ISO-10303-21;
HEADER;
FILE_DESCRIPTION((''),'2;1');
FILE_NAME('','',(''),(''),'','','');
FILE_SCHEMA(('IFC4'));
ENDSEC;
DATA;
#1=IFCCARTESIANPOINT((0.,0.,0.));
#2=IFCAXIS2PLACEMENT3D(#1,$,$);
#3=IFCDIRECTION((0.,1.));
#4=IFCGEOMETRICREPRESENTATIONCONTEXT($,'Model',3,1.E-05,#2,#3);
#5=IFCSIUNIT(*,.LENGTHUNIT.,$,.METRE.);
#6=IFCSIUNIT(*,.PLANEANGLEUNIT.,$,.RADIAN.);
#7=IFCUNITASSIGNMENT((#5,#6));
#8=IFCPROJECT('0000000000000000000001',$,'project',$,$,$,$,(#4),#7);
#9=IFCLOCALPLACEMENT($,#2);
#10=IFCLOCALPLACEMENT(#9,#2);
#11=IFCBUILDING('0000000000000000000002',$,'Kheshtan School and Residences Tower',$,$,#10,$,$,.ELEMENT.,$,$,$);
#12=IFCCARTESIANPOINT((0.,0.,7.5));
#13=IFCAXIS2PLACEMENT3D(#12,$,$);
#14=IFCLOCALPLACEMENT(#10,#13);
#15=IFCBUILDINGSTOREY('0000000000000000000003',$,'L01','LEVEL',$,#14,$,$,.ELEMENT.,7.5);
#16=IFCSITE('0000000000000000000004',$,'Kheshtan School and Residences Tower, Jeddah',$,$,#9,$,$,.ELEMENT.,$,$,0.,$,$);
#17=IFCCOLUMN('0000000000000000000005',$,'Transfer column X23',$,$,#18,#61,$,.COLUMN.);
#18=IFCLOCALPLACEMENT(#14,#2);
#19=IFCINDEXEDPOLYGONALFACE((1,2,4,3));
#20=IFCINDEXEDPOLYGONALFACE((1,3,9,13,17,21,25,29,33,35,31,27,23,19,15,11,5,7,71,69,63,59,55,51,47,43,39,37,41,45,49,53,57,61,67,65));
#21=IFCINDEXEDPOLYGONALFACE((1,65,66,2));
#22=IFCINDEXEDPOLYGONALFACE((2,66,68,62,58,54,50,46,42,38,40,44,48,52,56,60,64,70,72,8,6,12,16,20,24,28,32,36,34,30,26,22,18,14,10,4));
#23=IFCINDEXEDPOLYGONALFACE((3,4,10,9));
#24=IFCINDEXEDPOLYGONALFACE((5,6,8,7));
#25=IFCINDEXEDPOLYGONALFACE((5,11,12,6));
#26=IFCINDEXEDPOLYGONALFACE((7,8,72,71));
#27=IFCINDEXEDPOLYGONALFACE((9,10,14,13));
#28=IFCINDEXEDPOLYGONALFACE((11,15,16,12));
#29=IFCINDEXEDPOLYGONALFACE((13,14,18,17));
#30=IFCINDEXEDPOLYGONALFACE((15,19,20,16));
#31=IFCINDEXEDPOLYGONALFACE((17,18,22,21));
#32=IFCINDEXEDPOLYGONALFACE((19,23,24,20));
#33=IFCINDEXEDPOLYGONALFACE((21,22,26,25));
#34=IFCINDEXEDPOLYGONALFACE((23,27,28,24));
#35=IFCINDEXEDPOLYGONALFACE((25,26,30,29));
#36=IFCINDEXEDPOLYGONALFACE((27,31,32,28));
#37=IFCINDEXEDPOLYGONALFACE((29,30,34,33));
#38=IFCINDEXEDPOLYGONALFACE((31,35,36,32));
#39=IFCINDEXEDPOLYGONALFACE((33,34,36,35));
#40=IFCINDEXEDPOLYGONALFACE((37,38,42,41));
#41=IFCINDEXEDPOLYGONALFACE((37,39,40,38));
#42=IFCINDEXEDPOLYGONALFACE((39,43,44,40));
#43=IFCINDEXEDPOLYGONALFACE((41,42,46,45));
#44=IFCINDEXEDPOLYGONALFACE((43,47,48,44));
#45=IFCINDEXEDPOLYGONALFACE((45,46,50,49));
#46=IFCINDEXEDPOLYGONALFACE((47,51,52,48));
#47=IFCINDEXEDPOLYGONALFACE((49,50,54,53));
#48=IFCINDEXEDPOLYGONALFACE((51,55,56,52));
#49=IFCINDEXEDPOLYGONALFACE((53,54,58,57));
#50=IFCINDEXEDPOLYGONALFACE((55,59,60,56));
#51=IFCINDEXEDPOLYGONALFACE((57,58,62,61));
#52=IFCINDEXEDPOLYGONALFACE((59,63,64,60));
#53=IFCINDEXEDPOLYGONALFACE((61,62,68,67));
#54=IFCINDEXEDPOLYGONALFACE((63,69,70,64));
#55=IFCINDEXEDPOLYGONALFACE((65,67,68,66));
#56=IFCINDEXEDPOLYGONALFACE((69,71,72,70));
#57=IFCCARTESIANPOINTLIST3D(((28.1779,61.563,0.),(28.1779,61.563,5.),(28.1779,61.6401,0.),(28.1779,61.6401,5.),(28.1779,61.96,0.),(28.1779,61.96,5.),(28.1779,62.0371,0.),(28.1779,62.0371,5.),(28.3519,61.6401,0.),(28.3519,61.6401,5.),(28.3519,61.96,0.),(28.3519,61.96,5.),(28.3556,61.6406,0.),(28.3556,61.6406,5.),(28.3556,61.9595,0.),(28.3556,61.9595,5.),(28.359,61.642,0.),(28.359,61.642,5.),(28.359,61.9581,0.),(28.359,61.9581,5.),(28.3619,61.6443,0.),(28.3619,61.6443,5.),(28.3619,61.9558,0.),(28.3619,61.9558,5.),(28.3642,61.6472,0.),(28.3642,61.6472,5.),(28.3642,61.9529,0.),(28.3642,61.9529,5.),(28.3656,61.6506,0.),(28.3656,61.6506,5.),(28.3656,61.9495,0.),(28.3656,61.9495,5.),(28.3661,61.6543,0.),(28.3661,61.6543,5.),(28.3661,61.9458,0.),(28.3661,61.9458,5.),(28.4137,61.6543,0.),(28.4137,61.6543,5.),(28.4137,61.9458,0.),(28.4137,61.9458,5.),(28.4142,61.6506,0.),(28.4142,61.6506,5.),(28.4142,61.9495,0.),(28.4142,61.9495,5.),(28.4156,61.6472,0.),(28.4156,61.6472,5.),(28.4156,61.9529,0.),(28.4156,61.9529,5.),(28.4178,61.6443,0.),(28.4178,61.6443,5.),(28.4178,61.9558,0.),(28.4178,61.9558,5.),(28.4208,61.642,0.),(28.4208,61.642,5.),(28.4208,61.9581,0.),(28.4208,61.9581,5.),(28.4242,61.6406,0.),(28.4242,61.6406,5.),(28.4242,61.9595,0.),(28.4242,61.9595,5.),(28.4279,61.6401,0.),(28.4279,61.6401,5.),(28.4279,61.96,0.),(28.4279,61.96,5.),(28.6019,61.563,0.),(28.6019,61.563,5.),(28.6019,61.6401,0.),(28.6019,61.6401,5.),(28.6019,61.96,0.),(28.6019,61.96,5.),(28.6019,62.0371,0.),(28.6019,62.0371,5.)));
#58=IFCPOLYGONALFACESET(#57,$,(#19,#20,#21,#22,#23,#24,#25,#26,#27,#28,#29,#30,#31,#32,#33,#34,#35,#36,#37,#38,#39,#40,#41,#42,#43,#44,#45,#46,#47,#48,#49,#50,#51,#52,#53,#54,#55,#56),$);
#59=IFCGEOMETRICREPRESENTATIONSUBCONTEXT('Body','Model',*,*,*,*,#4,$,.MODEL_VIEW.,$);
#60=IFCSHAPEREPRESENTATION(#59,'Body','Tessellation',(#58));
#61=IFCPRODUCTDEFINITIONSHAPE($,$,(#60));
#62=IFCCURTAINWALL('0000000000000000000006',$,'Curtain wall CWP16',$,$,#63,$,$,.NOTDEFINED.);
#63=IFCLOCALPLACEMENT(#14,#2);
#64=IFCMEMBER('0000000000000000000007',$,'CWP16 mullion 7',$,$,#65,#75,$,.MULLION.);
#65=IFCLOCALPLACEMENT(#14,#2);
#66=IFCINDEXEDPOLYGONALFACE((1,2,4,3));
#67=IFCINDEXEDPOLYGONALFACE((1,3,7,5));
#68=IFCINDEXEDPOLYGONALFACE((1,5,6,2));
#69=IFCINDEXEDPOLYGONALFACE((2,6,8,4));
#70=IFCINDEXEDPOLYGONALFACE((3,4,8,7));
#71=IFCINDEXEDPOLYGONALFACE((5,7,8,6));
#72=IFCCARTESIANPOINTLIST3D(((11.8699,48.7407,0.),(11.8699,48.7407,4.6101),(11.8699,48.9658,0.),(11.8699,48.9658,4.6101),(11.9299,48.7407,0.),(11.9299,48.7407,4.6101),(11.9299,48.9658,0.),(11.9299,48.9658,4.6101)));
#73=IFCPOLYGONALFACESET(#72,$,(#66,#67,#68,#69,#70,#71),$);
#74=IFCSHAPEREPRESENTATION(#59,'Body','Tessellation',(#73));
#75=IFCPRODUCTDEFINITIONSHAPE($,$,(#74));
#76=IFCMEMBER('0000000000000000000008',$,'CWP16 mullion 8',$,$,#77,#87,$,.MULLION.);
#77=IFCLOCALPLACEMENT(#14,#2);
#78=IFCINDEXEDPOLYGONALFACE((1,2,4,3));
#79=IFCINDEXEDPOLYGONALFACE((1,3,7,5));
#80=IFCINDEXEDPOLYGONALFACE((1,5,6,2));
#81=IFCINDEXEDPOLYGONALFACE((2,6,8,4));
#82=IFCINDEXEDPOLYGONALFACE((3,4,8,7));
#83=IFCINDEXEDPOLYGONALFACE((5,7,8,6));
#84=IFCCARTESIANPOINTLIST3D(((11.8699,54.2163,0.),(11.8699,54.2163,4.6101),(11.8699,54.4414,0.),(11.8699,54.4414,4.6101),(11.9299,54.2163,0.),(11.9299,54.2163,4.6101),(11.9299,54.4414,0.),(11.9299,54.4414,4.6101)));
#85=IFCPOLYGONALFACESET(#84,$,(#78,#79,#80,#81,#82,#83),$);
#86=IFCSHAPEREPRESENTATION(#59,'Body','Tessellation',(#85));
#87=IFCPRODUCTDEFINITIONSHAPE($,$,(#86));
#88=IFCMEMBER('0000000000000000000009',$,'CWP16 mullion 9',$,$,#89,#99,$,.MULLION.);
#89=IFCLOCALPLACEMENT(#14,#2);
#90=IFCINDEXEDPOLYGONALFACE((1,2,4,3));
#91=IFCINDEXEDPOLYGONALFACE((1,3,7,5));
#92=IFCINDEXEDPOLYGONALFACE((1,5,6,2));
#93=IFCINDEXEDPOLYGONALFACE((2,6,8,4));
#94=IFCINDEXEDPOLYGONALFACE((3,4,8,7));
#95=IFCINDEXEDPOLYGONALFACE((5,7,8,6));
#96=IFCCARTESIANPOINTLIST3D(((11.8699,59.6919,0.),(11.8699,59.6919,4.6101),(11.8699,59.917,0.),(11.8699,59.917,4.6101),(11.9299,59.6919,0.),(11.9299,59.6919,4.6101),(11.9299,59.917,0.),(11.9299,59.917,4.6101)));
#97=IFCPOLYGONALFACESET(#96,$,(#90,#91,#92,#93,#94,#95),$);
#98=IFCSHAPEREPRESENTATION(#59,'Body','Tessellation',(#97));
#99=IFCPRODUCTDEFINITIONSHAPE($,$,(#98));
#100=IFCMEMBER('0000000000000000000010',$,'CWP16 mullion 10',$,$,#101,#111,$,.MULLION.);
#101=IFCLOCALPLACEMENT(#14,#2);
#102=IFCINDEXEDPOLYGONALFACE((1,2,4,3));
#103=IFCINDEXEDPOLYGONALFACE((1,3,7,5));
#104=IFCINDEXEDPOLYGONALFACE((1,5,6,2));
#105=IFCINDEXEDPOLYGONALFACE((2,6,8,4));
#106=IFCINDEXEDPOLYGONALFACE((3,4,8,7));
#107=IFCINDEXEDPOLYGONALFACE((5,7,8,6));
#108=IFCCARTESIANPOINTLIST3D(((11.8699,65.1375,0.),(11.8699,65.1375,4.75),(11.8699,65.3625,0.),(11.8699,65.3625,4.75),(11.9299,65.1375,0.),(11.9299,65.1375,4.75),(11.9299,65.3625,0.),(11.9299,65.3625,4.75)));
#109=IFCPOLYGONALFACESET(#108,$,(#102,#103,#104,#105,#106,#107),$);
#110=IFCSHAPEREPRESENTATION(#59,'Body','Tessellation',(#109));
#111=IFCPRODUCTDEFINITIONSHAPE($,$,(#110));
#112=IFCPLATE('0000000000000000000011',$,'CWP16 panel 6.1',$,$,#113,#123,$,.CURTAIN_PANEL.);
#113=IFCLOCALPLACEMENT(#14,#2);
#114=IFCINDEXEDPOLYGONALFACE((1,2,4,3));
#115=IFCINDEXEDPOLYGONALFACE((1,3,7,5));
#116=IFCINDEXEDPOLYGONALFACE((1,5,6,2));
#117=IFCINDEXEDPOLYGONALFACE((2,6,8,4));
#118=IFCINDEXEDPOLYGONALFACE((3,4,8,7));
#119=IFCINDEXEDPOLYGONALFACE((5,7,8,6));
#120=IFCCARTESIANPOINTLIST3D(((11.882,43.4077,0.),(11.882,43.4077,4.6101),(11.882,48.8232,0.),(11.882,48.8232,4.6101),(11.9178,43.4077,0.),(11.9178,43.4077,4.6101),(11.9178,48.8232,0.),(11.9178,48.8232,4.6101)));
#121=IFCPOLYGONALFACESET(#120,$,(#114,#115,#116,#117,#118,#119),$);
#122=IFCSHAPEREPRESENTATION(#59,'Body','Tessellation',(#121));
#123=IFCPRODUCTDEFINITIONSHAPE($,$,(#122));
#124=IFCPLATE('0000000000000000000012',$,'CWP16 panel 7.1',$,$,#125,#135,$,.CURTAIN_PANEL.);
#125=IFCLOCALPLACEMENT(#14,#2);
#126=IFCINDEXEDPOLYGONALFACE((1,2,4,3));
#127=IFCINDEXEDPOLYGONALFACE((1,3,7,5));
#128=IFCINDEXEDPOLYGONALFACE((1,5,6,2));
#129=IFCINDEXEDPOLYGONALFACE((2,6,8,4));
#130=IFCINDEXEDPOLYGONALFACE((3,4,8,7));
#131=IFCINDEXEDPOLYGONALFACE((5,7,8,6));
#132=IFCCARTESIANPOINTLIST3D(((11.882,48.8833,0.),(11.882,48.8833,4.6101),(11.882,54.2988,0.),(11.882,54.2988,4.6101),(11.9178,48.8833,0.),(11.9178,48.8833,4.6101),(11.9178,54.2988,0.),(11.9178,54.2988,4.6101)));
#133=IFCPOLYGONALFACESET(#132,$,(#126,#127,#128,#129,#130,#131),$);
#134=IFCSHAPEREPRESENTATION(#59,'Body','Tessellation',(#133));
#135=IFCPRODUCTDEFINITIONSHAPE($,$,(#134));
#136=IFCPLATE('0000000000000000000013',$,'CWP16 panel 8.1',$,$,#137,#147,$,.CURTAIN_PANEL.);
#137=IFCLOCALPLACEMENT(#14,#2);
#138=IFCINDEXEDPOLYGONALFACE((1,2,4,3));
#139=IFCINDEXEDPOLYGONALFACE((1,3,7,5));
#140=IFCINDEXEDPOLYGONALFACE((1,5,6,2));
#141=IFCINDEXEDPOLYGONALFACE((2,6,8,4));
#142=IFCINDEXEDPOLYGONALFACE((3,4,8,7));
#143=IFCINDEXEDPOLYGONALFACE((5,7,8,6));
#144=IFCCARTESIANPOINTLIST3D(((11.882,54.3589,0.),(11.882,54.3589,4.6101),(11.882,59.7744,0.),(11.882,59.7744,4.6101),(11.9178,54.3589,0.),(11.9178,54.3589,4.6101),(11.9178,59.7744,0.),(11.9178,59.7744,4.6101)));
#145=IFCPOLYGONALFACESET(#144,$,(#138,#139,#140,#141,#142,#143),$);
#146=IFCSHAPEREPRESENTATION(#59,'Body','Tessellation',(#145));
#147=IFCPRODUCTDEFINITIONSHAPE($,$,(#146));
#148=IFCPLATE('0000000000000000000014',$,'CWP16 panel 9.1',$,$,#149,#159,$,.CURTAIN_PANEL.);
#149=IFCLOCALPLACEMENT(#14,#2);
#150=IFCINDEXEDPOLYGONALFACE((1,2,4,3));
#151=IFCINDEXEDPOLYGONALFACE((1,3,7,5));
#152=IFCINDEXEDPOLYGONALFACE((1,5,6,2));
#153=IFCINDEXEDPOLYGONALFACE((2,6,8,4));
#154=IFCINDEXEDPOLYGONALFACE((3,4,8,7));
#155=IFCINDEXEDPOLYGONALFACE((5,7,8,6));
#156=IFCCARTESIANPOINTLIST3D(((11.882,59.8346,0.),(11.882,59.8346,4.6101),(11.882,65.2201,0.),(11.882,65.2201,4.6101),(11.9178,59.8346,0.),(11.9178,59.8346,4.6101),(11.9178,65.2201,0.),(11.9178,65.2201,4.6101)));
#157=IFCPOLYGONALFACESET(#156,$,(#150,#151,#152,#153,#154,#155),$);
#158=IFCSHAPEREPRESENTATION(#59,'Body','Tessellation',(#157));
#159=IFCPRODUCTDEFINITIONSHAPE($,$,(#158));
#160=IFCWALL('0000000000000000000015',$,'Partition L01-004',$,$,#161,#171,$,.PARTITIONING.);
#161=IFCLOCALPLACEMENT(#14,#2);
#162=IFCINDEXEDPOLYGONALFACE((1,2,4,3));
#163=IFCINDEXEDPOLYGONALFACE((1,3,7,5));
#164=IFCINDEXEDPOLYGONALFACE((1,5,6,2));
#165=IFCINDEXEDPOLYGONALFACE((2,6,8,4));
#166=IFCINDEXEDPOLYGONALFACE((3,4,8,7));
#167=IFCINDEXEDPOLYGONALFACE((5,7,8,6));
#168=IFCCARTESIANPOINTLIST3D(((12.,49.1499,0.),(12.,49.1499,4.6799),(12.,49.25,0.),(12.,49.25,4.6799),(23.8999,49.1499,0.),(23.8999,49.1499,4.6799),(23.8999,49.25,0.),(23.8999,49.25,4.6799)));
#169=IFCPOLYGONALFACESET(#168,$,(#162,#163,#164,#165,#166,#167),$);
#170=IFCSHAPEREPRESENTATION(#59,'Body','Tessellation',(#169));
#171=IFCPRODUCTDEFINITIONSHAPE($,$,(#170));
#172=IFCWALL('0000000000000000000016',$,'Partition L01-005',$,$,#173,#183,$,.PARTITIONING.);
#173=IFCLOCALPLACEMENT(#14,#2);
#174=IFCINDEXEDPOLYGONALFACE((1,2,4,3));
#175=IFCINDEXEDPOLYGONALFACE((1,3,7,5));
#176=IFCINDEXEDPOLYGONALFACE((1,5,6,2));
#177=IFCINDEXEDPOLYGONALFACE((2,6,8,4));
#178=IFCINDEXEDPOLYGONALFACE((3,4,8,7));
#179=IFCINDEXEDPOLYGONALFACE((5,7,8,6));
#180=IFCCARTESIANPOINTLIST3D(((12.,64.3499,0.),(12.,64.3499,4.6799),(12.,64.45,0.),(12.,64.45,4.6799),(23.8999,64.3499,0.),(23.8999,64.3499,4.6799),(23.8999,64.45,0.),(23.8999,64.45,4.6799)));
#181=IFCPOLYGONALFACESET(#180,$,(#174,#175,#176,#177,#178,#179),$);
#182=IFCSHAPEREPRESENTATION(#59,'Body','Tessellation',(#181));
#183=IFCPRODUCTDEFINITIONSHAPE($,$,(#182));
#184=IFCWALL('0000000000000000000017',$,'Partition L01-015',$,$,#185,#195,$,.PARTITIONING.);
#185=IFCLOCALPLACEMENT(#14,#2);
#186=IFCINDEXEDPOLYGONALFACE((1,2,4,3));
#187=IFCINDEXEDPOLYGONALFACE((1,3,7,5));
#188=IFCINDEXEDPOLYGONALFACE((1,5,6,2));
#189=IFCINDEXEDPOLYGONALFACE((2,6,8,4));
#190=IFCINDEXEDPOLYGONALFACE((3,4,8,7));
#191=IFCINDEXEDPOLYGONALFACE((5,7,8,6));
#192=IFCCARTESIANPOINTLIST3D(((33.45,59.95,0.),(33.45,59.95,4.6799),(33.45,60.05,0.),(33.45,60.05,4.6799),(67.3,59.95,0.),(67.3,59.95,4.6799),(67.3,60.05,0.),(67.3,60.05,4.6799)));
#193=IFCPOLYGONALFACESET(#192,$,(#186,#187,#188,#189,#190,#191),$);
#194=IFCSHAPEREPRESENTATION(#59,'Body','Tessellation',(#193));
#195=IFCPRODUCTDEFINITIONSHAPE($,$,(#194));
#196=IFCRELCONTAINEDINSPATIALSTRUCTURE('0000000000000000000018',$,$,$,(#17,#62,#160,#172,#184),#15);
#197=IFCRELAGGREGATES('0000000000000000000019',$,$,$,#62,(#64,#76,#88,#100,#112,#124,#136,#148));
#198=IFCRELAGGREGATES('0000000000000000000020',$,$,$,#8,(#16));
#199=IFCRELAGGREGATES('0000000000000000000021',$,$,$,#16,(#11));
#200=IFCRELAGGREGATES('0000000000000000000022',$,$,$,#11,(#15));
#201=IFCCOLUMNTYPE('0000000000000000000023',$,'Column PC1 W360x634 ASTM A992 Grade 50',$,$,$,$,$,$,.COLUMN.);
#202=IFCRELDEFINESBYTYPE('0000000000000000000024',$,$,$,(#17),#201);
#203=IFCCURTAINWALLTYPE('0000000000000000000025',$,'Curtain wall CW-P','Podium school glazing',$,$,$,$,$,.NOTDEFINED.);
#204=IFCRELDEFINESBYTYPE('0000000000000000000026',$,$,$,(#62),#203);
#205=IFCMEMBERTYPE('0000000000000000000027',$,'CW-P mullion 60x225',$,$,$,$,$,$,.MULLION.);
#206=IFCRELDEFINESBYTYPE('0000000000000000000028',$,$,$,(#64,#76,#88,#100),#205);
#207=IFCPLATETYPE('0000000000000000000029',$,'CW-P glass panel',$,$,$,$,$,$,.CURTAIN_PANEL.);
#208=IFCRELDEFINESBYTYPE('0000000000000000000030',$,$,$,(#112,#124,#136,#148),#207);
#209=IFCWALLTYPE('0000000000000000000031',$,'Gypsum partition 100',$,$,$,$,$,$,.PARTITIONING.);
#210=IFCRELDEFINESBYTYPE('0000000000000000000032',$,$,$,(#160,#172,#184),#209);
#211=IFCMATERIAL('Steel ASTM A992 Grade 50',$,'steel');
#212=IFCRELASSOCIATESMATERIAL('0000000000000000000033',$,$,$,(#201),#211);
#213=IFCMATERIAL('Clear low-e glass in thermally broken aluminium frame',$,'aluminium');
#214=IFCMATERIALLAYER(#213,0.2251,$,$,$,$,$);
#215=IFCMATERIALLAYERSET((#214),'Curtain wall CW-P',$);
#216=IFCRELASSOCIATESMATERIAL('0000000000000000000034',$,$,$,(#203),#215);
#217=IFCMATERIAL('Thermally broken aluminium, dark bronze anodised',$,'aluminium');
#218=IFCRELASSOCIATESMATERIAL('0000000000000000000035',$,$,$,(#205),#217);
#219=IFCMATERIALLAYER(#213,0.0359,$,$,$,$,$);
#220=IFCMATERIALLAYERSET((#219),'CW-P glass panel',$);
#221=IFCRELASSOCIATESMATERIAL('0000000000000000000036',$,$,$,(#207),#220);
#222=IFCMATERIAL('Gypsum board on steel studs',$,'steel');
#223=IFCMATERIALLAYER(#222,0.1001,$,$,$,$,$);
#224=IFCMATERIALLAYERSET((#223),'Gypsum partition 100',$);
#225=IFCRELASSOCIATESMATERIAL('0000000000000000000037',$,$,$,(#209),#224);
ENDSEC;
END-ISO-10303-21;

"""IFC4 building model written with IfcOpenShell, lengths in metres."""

from ifc_helpers import new_model, si_unit, direction, frame, frame_2d, origin, origin_2d, place, context, subcontext, project, spatial, rectangle, i_section, extrude, material, layer, layer_set, material_profile, profile_set, type_object, element, aggregate, save


model = new_model("IFC4")

# Units and contexts
model_context = context("Model", 3, precision=1e-05, world=origin(), true_north=direction((0.0, 1.0)))
body_context = subcontext(model_context, "Body", "Model", "MODEL_VIEW")
ifc_project = project(units=[si_unit("LENGTHUNIT", "METRE"), si_unit("PLANEANGLEUNIT", "RADIAN")], contexts=[model_context])

# Site, building, storey
site_placement = place(None, origin())
site = spatial("IfcSite", under=ifc_project, at=site_placement, Name="Kheshtan School and Residences Tower, Jeddah", CompositionType="ELEMENT", RefElevation=0.0)
building_placement = place(site_placement, origin())
building = spatial("IfcBuilding", under=site, at=building_placement, Name="Kheshtan School and Residences Tower", CompositionType="ELEMENT")
storey_placement = place(building_placement, frame((0.0, 0.0, 7.5)))
storey = spatial("IfcBuildingStorey", under=building, at=storey_placement, Name="L01", Description="LEVEL", CompositionType="ELEMENT", Elevation=7.5)

# Column
ifc_material_1 = material(Name="Steel ASTM A992 Grade 50", Category="steel")
ifc_material_profile_1 = material_profile(ifc_material_1, i_section(OverallWidth=0.4241, OverallDepth=0.4741, WebThickness=0.0476, FlangeThickness=0.0771, FilletRadius=0.0142, at=origin_2d()), Name="W360x634")
ifc_profile_set_1 = profile_set([ifc_material_profile_1], Name="Steel ASTM A992 Grade 50")
column_type = type_object("IfcColumnType", Name="Column PC1 W360x634 ASTM A992 Grade 50", PredefinedType="COLUMN", material=ifc_profile_set_1)
for number, where, z_axis, x_axis, name in (
    (1, (28.3899, 61.8, 0.0), (0.0, 0.0, 1.0), (1.0, 0.0, 0.0), "Transfer column X23"),
):
    element("IfcColumn", number, at=place(storey_placement, frame(where, z_axis=z_axis, x_axis=x_axis)), inside=storey, type_object=column_type, Name=name, PredefinedType="COLUMN", context=body_context, shape_type="SweptSolid", body=[
        extrude(i_section(OverallWidth=0.4241, OverallDepth=0.4741, WebThickness=0.0476, FlangeThickness=0.0771, FilletRadius=0.0142, at=origin_2d()), origin(), (0.0, 0.0, 1.0), 5.0),
    ])

# Curtain wall, members, plates
ifc_material_2 = material(Name="Clear low-e glass in thermally broken aluminium frame", Category="aluminium")
ifc_layer_1 = layer(ifc_material_2, 0.2251)
ifc_layer_set_1 = layer_set([ifc_layer_1], Name="Curtain wall CW-P")
curtain_wall_type = type_object("IfcCurtainWallType", Name="Curtain wall CW-P", Description="Podium school glazing", PredefinedType="NOTDEFINED", material=ifc_layer_set_1)
curtain_wall_placement = place(storey_placement, origin())
curtain_wall = element("IfcCurtainWall", 2, at=curtain_wall_placement, inside=storey, type_object=curtain_wall_type, Name="Curtain wall CWP16", PredefinedType="NOTDEFINED")
ifc_material_3 = material(Name="Thermally broken aluminium, dark bronze anodised", Category="aluminium")
ifc_material_profile_2 = material_profile(ifc_material_3, rectangle(XDim=0.0601, YDim=0.2251, at=origin_2d()), Name="CW-P mullion 60x225")
ifc_profile_set_2 = profile_set([ifc_material_profile_2], Name="Thermally broken aluminium, dark bronze anodised")
member_type = type_object("IfcMemberType", Name="CW-P mullion 60x225", PredefinedType="MULLION", material=ifc_profile_set_2)
member_1_placement = place(storey_placement, frame((11.8999, 48.8533, 0.0), z_axis=(0.0, 0.0, 1.0), x_axis=(-1.0, 0.0, 0.0)))
member_1 = element("IfcMember", 3, at=member_1_placement, type_object=member_type, Name="CWP16 mullion 7", PredefinedType="MULLION", context=body_context, shape_type="SweptSolid", body=[
    extrude(rectangle(XDim=0.0601, YDim=0.2251, at=origin_2d()), origin(), (0.0, 0.0, 1.0), 4.6101),
])
member_2_placement = place(storey_placement, frame((11.8999, 54.3289, 0.0), z_axis=(0.0, 0.0, 1.0), x_axis=(-1.0, 0.0, 0.0)))
member_2 = element("IfcMember", 4, at=member_2_placement, type_object=member_type, Name="CWP16 mullion 8", PredefinedType="MULLION", context=body_context, shape_type="SweptSolid", body=[
    extrude(rectangle(XDim=0.0601, YDim=0.2251, at=origin_2d()), origin(), (0.0, 0.0, 1.0), 4.6101),
])
member_3_placement = place(storey_placement, frame((11.8999, 59.8044, 0.0), z_axis=(0.0, 0.0, 1.0), x_axis=(-1.0, 0.0, 0.0)))
member_3 = element("IfcMember", 5, at=member_3_placement, type_object=member_type, Name="CWP16 mullion 9", PredefinedType="MULLION", context=body_context, shape_type="SweptSolid", body=[
    extrude(rectangle(XDim=0.0601, YDim=0.2251, at=origin_2d()), origin(), (0.0, 0.0, 1.0), 4.6101),
])
member_4_placement = place(storey_placement, frame((11.8999, 65.25, 0.0), z_axis=(0.0, 0.0, 1.0), x_axis=(-1.0, 0.0, 0.0)))
member_4 = element("IfcMember", 6, at=member_4_placement, type_object=member_type, Name="CWP16 mullion 10", PredefinedType="MULLION", context=body_context, shape_type="SweptSolid", body=[
    extrude(rectangle(XDim=0.0601, YDim=0.2251, at=origin_2d()), origin(), (0.0, 0.0, 1.0), 4.75),
])
ifc_layer_2 = layer(ifc_material_2, 0.0359)
ifc_layer_set_2 = layer_set([ifc_layer_2], Name="CW-P glass panel")
plate_type = type_object("IfcPlateType", Name="CW-P glass panel", PredefinedType="CURTAIN_PANEL", material=ifc_layer_set_2)
plate_1_placement = place(storey_placement, frame((11.8999, 46.1155, 0.0), z_axis=(0.0, 0.0, 1.0), x_axis=(0.0, 1.0, 0.0)))
plate_1 = element("IfcPlate", 7, at=plate_1_placement, type_object=plate_type, Name="CWP16 panel 6.1", PredefinedType="CURTAIN_PANEL", context=body_context, shape_type="SweptSolid", body=[
    extrude(rectangle(XDim=5.4155, YDim=0.0359, at=origin_2d()), origin(), (0.0, 0.0, 1.0), 4.6101),
])
plate_2_placement = place(storey_placement, frame((11.8999, 51.5911, 0.0), z_axis=(0.0, 0.0, 1.0), x_axis=(0.0, 1.0, 0.0)))
plate_2 = element("IfcPlate", 8, at=plate_2_placement, type_object=plate_type, Name="CWP16 panel 7.1", PredefinedType="CURTAIN_PANEL", context=body_context, shape_type="SweptSolid", body=[
    extrude(rectangle(XDim=5.4155, YDim=0.0359, at=origin_2d()), origin(), (0.0, 0.0, 1.0), 4.6101),
])
plate_3_placement = place(storey_placement, frame((11.8999, 57.0667, 0.0), z_axis=(0.0, 0.0, 1.0), x_axis=(0.0, 1.0, 0.0)))
plate_3 = element("IfcPlate", 9, at=plate_3_placement, type_object=plate_type, Name="CWP16 panel 8.1", PredefinedType="CURTAIN_PANEL", context=body_context, shape_type="SweptSolid", body=[
    extrude(rectangle(XDim=5.4155, YDim=0.0359, at=origin_2d()), origin(), (0.0, 0.0, 1.0), 4.6101),
])
plate_4_placement = place(storey_placement, frame((11.8999, 62.5273, 0.0), z_axis=(0.0, 0.0, 1.0), x_axis=(0.0, 1.0, 0.0)))
plate_4 = element("IfcPlate", 10, at=plate_4_placement, type_object=plate_type, Name="CWP16 panel 9.1", PredefinedType="CURTAIN_PANEL", context=body_context, shape_type="SweptSolid", body=[
    extrude(rectangle(XDim=5.3855, YDim=0.0359, at=origin_2d()), origin(), (0.0, 0.0, 1.0), 4.6101),
])
aggregate(curtain_wall, [member_1, member_2, member_3, member_4, plate_1, plate_2, plate_3, plate_4])

# Walls
ifc_material_4 = material(Name="Gypsum board on steel studs", Category="steel")
ifc_layer_3 = layer(ifc_material_4, 0.1001)
ifc_layer_set_3 = layer_set([ifc_layer_3], Name="Gypsum partition 100")
wall_type_1 = type_object("IfcWallType", Name="Gypsum partition 100", PredefinedType="PARTITIONING", material=ifc_layer_set_3)
for number, where, z_axis, x_axis, name in (
    (11, (12.0, 49.2, 0.0), (0.0, 0.0, 1.0), (1.0, 0.0, 0.0), "Partition L01-004"),
    (12, (12.0, 64.3999, 0.0), (0.0, 0.0, 1.0), (1.0, 0.0, 0.0), "Partition L01-005"),
):
    element("IfcWall", number, at=place(storey_placement, frame(where, z_axis=z_axis, x_axis=x_axis)), inside=storey, type_object=wall_type_1, Name=name, PredefinedType="PARTITIONING", context=body_context, shape_type="SweptSolid", body=[
        extrude(rectangle(XDim=11.8999, YDim=0.1001, at=frame_2d((5.95, 0.0))), origin(), (0.0, 0.0, 1.0), 4.6799),
    ])
wall_1_placement = place(storey_placement, frame((33.45, 60.0, 0.0), z_axis=(0.0, 0.0, 1.0), x_axis=(1.0, 0.0, 0.0)))
element("IfcWall", 13, at=wall_1_placement, inside=storey, type_object=wall_type_1, Name="Partition L01-015", PredefinedType="PARTITIONING", context=body_context, shape_type="SweptSolid", body=[
    extrude(rectangle(XDim=33.8501, YDim=0.1001, at=frame_2d((16.925, 0.0))), origin(), (0.0, 0.0, 1.0), 4.6799),
])

save(model, "model.ifc")
